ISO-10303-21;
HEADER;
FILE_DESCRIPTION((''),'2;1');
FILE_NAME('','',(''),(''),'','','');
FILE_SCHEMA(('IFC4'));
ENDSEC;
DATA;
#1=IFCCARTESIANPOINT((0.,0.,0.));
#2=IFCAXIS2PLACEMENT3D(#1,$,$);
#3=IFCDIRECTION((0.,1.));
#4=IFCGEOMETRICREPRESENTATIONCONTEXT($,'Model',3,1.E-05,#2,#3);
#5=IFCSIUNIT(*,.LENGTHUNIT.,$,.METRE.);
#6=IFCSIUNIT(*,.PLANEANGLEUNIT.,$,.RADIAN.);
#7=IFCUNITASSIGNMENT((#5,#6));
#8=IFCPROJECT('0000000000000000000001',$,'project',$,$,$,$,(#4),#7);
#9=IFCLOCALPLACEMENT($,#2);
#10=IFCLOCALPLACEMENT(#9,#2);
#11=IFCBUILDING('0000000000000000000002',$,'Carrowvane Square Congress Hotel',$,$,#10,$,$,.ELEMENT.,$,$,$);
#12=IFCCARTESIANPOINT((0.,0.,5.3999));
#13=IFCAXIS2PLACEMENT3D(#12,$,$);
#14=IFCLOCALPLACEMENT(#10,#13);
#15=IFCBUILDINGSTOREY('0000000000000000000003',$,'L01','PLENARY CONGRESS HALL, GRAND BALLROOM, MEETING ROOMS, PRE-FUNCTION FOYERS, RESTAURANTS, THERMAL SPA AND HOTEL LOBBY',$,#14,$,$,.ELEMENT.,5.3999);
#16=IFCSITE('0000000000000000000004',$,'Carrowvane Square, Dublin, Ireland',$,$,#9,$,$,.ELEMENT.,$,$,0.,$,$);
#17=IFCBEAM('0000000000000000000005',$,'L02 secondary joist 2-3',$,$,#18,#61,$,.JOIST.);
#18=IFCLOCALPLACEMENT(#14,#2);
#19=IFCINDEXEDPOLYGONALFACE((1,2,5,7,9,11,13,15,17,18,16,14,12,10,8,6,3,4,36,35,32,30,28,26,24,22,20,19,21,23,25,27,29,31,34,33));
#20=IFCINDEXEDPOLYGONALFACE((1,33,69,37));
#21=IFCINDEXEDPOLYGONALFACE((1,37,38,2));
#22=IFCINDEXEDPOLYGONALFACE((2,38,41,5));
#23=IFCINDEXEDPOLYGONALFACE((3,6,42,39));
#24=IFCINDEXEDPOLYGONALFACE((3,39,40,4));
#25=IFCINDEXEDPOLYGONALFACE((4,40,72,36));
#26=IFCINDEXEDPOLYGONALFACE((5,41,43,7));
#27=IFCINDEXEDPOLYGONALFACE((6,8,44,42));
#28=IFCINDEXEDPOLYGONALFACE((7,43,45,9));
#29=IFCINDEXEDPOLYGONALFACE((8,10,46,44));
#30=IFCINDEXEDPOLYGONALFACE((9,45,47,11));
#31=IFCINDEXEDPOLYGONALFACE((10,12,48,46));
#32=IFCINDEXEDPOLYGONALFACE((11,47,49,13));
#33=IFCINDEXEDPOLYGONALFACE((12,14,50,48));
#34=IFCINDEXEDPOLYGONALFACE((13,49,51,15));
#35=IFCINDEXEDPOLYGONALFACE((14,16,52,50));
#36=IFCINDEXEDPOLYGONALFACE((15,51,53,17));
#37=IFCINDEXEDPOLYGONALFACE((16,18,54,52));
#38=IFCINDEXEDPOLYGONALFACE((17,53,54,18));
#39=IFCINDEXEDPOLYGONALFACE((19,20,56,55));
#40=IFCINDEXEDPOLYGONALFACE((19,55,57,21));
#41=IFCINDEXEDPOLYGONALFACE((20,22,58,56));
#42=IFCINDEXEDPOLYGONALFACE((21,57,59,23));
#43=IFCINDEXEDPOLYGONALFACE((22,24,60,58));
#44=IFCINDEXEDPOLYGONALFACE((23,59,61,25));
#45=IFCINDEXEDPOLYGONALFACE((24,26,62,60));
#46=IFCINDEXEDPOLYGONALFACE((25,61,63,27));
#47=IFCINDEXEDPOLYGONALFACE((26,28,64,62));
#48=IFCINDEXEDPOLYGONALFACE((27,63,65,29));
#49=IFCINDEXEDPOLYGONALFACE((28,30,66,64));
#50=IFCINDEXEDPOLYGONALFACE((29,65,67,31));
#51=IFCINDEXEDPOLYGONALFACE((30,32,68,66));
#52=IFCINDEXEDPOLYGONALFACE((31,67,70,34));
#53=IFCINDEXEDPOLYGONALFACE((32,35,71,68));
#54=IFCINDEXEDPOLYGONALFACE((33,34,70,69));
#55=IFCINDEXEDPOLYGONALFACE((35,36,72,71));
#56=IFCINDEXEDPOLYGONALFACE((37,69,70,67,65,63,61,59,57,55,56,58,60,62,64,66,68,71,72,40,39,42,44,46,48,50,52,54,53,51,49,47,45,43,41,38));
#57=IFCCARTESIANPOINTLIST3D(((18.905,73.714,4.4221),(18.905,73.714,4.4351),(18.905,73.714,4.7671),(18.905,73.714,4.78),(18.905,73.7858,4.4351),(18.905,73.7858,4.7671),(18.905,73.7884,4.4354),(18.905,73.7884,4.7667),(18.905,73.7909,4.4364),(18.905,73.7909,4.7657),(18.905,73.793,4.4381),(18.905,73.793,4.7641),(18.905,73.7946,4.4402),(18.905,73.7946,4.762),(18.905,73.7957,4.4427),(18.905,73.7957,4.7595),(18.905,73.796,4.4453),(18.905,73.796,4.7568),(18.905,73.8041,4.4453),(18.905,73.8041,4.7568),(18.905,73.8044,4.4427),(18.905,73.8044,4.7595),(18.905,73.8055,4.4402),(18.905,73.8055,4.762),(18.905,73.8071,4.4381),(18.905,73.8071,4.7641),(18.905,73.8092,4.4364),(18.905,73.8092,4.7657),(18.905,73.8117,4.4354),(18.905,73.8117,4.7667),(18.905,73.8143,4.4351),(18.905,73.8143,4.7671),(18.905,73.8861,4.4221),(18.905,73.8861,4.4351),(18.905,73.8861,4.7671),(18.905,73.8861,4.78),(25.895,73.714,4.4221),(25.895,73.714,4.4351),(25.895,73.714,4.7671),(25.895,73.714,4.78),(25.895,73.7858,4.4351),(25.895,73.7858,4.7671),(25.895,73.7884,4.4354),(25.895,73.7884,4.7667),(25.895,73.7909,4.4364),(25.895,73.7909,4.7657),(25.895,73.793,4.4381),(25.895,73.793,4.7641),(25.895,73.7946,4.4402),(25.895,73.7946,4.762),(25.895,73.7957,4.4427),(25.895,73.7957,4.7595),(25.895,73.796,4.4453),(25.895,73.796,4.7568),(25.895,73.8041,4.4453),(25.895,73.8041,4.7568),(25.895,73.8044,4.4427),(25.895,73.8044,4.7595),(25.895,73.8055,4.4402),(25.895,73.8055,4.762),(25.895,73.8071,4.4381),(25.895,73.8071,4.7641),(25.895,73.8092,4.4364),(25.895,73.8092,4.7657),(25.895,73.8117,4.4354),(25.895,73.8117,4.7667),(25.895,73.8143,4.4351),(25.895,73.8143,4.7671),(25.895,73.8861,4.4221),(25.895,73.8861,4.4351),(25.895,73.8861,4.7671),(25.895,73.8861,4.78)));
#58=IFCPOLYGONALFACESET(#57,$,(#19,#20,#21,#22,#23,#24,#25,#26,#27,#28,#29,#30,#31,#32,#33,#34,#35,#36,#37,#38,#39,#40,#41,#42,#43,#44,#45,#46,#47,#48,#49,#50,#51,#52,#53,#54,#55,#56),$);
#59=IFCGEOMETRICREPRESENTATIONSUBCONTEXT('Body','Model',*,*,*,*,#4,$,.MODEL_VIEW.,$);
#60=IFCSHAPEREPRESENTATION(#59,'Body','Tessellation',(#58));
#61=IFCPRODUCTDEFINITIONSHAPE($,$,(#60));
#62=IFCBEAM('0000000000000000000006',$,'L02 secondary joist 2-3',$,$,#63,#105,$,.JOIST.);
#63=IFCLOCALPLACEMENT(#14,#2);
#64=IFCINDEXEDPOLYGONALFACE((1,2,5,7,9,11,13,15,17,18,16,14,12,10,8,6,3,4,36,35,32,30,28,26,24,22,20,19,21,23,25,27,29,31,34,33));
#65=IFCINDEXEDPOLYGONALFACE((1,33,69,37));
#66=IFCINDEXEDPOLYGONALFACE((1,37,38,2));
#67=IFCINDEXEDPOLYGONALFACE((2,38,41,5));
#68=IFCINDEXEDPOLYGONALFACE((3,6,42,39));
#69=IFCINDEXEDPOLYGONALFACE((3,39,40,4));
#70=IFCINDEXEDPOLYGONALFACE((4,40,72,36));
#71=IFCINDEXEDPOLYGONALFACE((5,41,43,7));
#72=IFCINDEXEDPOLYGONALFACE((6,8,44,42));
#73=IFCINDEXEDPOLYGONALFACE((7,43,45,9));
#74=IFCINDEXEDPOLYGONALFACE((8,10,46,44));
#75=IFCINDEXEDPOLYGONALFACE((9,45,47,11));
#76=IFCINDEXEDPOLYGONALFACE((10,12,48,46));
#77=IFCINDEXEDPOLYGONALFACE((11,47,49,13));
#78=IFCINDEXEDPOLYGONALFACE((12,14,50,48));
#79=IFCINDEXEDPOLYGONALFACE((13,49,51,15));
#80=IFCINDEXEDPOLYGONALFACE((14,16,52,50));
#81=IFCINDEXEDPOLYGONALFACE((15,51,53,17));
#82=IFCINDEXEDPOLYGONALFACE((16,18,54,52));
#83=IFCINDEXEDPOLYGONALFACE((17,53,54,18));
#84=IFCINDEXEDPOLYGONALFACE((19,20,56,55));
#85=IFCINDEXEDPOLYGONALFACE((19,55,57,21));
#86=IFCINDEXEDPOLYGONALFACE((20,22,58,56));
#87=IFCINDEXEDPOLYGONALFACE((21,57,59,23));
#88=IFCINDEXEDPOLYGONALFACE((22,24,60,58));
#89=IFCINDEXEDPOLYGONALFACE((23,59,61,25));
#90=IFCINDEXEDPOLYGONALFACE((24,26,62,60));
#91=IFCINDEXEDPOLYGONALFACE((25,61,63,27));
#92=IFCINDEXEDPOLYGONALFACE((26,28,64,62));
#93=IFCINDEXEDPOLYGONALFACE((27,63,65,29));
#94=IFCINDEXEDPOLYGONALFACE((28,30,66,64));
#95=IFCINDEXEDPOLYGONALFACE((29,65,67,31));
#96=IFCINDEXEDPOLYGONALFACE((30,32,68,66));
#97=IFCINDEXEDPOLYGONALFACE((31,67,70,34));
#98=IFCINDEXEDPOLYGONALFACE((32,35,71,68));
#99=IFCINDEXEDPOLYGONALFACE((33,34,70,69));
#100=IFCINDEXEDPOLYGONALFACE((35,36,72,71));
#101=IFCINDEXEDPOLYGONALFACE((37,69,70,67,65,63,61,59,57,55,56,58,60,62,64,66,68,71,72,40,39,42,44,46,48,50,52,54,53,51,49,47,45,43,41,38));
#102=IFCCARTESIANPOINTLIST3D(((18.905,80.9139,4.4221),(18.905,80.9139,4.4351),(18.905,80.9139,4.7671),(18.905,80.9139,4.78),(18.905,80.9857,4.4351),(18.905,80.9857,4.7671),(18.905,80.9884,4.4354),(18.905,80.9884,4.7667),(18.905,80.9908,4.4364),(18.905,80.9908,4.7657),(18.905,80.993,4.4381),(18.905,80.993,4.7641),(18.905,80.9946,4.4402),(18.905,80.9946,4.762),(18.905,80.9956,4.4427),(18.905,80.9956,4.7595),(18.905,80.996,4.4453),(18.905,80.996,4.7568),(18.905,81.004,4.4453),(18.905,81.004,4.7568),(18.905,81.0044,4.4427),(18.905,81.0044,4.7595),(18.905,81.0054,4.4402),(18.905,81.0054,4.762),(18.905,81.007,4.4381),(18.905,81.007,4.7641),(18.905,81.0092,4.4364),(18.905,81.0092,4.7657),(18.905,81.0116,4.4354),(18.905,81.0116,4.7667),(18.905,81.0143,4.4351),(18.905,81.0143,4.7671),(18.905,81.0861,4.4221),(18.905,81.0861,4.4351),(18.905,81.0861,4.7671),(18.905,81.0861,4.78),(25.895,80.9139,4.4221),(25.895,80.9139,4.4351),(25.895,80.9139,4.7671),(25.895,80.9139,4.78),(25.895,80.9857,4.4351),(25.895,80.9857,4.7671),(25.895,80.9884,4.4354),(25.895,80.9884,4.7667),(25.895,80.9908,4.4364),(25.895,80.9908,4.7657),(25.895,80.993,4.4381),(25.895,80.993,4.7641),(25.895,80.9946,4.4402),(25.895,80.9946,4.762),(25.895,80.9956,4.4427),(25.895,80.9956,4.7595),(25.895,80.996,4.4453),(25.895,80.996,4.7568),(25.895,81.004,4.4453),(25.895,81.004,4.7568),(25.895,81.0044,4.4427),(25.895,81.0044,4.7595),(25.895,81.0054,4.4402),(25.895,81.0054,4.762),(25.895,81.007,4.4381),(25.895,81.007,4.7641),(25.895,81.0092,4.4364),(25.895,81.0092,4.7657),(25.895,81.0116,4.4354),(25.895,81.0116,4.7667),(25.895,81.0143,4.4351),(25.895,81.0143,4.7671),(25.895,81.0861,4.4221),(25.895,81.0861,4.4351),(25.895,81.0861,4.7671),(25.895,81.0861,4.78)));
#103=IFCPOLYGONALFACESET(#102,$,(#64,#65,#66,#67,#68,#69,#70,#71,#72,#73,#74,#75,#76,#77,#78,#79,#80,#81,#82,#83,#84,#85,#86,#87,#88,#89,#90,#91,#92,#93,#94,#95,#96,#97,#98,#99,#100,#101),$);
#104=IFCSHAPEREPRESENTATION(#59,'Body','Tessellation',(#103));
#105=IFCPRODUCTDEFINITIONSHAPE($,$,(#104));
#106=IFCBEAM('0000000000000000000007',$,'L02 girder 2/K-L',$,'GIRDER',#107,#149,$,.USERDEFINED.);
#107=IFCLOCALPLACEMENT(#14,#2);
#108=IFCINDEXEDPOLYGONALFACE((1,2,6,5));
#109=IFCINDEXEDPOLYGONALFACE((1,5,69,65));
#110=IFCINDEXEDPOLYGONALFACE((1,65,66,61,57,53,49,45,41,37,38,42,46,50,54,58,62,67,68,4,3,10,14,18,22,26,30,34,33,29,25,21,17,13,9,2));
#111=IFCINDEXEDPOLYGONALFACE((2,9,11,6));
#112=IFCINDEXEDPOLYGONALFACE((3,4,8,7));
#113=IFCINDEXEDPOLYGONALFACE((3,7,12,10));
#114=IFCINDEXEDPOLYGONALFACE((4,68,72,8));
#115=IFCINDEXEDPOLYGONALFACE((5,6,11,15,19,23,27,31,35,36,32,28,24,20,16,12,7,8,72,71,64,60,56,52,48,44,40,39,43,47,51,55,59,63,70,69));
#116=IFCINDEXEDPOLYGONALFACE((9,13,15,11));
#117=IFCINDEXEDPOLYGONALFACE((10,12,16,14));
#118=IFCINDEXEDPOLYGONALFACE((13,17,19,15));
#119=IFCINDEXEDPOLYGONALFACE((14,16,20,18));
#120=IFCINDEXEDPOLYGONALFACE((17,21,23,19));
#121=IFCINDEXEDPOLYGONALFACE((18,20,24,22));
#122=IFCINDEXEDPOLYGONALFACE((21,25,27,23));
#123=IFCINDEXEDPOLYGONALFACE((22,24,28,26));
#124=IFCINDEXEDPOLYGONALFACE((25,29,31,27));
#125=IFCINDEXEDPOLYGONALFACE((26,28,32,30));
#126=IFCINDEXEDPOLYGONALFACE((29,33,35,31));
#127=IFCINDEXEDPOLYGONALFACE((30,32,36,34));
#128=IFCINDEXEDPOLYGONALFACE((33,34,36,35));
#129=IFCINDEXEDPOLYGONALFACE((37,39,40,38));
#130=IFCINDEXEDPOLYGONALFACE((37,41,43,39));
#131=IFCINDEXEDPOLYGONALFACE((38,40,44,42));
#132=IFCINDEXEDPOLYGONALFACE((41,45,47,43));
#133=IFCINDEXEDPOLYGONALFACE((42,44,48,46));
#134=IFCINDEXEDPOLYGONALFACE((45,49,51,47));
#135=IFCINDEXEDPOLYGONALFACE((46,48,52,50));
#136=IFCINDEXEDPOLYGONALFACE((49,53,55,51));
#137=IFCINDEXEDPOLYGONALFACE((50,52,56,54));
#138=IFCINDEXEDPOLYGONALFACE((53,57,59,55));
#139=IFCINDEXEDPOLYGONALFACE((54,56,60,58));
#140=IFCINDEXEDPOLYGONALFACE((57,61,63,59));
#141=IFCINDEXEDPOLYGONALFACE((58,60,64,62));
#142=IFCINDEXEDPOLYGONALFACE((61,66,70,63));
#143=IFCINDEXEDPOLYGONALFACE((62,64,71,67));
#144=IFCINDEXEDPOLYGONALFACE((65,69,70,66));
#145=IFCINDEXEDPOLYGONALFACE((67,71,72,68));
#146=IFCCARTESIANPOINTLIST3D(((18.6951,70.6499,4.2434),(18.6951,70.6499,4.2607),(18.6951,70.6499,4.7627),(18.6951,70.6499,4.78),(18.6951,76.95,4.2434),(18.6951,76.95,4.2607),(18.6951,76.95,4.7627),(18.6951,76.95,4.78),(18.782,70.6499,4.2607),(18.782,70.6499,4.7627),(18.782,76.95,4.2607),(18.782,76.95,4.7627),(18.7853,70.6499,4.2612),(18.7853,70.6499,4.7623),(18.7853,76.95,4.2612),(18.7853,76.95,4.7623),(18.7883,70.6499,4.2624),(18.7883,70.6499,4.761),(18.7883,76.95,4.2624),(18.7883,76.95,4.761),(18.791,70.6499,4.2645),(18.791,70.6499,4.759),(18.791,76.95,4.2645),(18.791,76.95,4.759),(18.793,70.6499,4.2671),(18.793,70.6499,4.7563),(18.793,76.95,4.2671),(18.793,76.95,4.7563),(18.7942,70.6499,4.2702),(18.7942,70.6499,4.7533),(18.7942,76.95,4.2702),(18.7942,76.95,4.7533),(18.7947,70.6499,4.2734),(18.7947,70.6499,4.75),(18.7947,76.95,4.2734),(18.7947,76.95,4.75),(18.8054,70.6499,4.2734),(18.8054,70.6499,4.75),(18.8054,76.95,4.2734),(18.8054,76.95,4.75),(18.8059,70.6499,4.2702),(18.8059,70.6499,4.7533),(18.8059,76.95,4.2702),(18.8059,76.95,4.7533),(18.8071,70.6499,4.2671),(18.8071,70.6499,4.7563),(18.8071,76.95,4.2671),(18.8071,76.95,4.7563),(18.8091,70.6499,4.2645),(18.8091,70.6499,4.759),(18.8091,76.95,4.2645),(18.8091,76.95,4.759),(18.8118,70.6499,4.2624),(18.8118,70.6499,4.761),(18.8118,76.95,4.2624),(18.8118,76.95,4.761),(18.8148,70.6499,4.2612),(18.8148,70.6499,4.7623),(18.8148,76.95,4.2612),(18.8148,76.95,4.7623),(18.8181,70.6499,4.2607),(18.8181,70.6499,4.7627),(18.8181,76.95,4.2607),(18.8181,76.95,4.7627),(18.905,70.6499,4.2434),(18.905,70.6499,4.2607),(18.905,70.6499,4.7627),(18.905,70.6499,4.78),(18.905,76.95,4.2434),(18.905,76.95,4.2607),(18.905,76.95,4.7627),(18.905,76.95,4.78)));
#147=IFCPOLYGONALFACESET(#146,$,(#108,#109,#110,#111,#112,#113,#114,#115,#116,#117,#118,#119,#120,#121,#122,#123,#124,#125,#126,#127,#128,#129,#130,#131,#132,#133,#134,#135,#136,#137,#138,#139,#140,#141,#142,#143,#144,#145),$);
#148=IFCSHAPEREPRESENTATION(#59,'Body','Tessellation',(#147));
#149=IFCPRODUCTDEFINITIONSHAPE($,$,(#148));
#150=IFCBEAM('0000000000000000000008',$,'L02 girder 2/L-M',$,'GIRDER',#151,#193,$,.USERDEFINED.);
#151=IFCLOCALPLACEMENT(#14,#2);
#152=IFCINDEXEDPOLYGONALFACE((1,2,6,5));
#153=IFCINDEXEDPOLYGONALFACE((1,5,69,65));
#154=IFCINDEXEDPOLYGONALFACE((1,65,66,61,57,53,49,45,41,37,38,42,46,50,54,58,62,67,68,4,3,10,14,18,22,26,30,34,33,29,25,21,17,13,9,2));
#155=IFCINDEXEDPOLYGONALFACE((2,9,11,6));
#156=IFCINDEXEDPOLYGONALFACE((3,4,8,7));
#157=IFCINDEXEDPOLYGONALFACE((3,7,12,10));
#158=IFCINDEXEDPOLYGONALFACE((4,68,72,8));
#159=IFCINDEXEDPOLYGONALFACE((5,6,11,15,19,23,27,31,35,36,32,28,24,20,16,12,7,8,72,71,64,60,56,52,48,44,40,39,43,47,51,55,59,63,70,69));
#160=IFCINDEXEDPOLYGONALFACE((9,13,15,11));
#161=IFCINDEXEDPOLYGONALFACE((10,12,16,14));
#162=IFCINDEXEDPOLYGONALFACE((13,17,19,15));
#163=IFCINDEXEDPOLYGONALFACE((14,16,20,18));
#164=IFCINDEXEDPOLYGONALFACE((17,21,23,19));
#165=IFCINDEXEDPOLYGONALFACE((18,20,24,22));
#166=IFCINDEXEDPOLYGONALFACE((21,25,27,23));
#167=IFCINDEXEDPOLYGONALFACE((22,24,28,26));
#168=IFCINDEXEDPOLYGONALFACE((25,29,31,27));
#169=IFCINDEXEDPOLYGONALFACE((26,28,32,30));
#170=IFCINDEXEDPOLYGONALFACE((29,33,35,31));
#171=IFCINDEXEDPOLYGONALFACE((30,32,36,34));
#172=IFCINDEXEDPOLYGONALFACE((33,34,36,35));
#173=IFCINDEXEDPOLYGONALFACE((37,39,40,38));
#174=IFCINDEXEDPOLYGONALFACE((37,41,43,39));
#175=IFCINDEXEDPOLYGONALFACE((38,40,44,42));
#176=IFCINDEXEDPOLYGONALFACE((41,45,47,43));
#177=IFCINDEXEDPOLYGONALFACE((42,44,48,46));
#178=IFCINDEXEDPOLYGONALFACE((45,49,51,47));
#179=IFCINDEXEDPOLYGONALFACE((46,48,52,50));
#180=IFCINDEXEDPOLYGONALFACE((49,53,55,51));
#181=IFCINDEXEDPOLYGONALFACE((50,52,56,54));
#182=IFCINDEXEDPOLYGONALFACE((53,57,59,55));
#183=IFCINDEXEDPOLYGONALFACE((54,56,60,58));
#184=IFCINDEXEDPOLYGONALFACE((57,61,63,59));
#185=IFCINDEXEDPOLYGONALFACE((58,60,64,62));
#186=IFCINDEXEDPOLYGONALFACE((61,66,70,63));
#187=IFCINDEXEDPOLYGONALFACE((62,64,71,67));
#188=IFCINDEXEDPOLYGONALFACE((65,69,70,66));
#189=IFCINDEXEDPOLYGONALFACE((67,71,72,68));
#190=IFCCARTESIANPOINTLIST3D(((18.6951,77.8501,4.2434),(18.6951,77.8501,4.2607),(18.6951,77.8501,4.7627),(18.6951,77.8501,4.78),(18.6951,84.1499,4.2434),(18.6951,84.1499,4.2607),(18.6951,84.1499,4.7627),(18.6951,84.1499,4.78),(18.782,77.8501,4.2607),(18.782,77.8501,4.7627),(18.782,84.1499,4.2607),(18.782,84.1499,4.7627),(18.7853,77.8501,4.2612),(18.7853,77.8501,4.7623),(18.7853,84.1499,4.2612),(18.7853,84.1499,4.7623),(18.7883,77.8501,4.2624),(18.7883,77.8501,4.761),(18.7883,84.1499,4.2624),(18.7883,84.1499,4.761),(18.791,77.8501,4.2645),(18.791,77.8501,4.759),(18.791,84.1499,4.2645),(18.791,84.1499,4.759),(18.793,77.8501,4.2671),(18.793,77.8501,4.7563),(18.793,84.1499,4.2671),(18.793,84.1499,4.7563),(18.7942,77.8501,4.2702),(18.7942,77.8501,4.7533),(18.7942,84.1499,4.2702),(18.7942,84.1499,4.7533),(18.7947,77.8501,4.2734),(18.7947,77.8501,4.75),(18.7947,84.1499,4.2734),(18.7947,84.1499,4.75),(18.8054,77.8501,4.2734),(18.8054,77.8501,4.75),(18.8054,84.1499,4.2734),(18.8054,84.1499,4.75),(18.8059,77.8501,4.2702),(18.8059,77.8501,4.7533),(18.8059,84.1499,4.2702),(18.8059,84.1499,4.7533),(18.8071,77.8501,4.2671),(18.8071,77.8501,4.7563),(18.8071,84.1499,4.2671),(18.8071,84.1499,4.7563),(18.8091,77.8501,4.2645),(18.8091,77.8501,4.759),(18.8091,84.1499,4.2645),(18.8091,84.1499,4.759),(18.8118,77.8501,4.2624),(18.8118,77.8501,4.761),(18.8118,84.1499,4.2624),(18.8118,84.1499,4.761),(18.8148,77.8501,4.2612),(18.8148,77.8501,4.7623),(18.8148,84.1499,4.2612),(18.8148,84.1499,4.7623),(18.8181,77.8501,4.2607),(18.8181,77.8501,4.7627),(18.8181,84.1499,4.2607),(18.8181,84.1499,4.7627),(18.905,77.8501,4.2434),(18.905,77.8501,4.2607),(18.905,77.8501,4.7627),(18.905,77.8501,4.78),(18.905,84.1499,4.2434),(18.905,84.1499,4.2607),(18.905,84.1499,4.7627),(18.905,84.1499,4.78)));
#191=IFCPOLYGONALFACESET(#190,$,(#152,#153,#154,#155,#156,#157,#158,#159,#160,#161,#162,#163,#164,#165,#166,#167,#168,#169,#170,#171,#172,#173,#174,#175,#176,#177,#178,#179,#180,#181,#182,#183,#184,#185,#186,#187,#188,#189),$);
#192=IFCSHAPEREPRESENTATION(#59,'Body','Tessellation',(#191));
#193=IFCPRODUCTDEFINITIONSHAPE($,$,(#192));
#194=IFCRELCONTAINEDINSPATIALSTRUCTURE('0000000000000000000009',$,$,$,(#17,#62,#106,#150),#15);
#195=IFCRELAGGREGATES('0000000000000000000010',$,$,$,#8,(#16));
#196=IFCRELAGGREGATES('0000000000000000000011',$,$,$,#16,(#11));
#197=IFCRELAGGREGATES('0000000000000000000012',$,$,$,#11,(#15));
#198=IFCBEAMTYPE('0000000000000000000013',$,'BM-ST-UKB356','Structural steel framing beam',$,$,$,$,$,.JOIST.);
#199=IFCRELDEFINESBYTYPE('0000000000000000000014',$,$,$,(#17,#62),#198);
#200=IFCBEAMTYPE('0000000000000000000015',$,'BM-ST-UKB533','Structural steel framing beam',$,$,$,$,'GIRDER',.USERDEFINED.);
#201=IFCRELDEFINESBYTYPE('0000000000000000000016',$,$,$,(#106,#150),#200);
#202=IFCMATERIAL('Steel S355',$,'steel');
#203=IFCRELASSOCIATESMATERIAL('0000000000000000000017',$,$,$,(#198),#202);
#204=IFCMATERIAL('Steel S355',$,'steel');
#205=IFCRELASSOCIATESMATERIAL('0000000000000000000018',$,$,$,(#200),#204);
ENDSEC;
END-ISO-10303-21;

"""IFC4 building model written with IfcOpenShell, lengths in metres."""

from ifc_helpers import new_model, si_unit, direction, frame, origin, origin_2d, place, context, subcontext, project, spatial, i_section, extrude, material, material_profile, profile_set, type_object, element, save


model = new_model("IFC4")

# Units and contexts
model_context = context("Model", 3, precision=1e-05, world=origin(), true_north=direction((0.0, 1.0)))
body_context = subcontext(model_context, "Body", "Model", "MODEL_VIEW")
ifc_project = project(units=[si_unit("LENGTHUNIT", "METRE"), si_unit("PLANEANGLEUNIT", "RADIAN")], contexts=[model_context])

# Site, building, storey
site_placement = place(None, origin())
site = spatial("IfcSite", under=ifc_project, at=site_placement, Name="Carrowvane Square, Dublin, Ireland", CompositionType="ELEMENT", RefElevation=0.0)
building_placement = place(site_placement, origin())
building = spatial("IfcBuilding", under=site, at=building_placement, Name="Carrowvane Square Congress Hotel", CompositionType="ELEMENT")
storey_placement = place(building_placement, frame((0.0, 0.0, 5.3999)))
storey = spatial("IfcBuildingStorey", under=building, at=storey_placement, Name="L01", Description="PLENARY CONGRESS HALL, GRAND BALLROOM, MEETING ROOMS, PRE-FUNCTION FOYERS, RESTAURANTS, THERMAL SPA AND HOTEL LOBBY", CompositionType="ELEMENT", Elevation=5.3999)

# Beams
ifc_material_1 = material(Name="Steel S355", Category="steel")
ifc_material_profile_1 = material_profile(ifc_material_1, i_section(OverallWidth=0.1721, OverallDepth=0.3579, WebThickness=0.0081, FlangeThickness=0.0129, FilletRadius=0.0103, at=origin_2d()), Name="UKB 356x171x57")
ifc_profile_set_1 = profile_set([ifc_material_profile_1], Name="Steel S355")
beam_type_1 = type_object("IfcBeamType", Name="BM-ST-UKB356", Description="Structural steel framing beam", PredefinedType="JOIST", material=ifc_profile_set_1)
for number, where, z_axis, x_axis, name in (
    (1, (18.905, 73.8, 4.6011), (1.0, 0.0, 0.0), (0.0, 1.0, 0.0), "L02 secondary joist 2-3"),
    (2, (18.905, 81.0, 4.6011), (1.0, 0.0, 0.0), (0.0, 1.0, 0.0), "L02 secondary joist 2-3"),
):
    element("IfcBeam", number, at=place(storey_placement, frame(where, z_axis=z_axis, x_axis=x_axis)), inside=storey, type_object=beam_type_1, Name=name, PredefinedType="JOIST", context=body_context, shape_type="SweptSolid", body=[
        extrude(i_section(OverallWidth=0.1721, OverallDepth=0.3579, WebThickness=0.0081, FlangeThickness=0.0129, FilletRadius=0.0103, at=origin_2d()), origin(), (0.0, 0.0, 1.0), 6.99),
    ])
ifc_material_2 = material(Name="Steel S355", Category="steel")
ifc_material_profile_2 = material_profile(ifc_material_2, i_section(OverallWidth=0.21, OverallDepth=0.5366, WebThickness=0.0107, FlangeThickness=0.0173, FilletRadius=0.0127, at=origin_2d()), Name="UKB 533x210x101")
ifc_profile_set_2 = profile_set([ifc_material_profile_2], Name="Steel S355")
beam_type_2 = type_object("IfcBeamType", Name="BM-ST-UKB533", Description="Structural steel framing beam", ElementType="GIRDER", PredefinedType="USERDEFINED", material=ifc_profile_set_2)
beam_1_placement = place(storey_placement, frame((18.8, 70.6499, 4.5117), z_axis=(0.0, 1.0, 0.0), x_axis=(-1.0, 0.0, 0.0)))
element("IfcBeam", 3, at=beam_1_placement, inside=storey, type_object=beam_type_2, Name="L02 girder 2/K-L", ObjectType="GIRDER", PredefinedType="USERDEFINED", context=body_context, shape_type="SweptSolid", body=[
    extrude(i_section(OverallWidth=0.21, OverallDepth=0.5366, WebThickness=0.0107, FlangeThickness=0.0173, FilletRadius=0.0127, at=origin_2d()), origin(), (0.0, 0.0, 1.0), 6.3),
])
beam_2_placement = place(storey_placement, frame((18.8, 77.8501, 4.5117), z_axis=(0.0, 1.0, 0.0), x_axis=(-1.0, 0.0, 0.0)))
element("IfcBeam", 4, at=beam_2_placement, inside=storey, type_object=beam_type_2, Name="L02 girder 2/L-M", ObjectType="GIRDER", PredefinedType="USERDEFINED", context=body_context, shape_type="SweptSolid", body=[
    extrude(i_section(OverallWidth=0.21, OverallDepth=0.5366, WebThickness=0.0107, FlangeThickness=0.0173, FilletRadius=0.0127, at=origin_2d()), origin(), (0.0, 0.0, 1.0), 6.2998),
])

save(model, "model.ifc")
